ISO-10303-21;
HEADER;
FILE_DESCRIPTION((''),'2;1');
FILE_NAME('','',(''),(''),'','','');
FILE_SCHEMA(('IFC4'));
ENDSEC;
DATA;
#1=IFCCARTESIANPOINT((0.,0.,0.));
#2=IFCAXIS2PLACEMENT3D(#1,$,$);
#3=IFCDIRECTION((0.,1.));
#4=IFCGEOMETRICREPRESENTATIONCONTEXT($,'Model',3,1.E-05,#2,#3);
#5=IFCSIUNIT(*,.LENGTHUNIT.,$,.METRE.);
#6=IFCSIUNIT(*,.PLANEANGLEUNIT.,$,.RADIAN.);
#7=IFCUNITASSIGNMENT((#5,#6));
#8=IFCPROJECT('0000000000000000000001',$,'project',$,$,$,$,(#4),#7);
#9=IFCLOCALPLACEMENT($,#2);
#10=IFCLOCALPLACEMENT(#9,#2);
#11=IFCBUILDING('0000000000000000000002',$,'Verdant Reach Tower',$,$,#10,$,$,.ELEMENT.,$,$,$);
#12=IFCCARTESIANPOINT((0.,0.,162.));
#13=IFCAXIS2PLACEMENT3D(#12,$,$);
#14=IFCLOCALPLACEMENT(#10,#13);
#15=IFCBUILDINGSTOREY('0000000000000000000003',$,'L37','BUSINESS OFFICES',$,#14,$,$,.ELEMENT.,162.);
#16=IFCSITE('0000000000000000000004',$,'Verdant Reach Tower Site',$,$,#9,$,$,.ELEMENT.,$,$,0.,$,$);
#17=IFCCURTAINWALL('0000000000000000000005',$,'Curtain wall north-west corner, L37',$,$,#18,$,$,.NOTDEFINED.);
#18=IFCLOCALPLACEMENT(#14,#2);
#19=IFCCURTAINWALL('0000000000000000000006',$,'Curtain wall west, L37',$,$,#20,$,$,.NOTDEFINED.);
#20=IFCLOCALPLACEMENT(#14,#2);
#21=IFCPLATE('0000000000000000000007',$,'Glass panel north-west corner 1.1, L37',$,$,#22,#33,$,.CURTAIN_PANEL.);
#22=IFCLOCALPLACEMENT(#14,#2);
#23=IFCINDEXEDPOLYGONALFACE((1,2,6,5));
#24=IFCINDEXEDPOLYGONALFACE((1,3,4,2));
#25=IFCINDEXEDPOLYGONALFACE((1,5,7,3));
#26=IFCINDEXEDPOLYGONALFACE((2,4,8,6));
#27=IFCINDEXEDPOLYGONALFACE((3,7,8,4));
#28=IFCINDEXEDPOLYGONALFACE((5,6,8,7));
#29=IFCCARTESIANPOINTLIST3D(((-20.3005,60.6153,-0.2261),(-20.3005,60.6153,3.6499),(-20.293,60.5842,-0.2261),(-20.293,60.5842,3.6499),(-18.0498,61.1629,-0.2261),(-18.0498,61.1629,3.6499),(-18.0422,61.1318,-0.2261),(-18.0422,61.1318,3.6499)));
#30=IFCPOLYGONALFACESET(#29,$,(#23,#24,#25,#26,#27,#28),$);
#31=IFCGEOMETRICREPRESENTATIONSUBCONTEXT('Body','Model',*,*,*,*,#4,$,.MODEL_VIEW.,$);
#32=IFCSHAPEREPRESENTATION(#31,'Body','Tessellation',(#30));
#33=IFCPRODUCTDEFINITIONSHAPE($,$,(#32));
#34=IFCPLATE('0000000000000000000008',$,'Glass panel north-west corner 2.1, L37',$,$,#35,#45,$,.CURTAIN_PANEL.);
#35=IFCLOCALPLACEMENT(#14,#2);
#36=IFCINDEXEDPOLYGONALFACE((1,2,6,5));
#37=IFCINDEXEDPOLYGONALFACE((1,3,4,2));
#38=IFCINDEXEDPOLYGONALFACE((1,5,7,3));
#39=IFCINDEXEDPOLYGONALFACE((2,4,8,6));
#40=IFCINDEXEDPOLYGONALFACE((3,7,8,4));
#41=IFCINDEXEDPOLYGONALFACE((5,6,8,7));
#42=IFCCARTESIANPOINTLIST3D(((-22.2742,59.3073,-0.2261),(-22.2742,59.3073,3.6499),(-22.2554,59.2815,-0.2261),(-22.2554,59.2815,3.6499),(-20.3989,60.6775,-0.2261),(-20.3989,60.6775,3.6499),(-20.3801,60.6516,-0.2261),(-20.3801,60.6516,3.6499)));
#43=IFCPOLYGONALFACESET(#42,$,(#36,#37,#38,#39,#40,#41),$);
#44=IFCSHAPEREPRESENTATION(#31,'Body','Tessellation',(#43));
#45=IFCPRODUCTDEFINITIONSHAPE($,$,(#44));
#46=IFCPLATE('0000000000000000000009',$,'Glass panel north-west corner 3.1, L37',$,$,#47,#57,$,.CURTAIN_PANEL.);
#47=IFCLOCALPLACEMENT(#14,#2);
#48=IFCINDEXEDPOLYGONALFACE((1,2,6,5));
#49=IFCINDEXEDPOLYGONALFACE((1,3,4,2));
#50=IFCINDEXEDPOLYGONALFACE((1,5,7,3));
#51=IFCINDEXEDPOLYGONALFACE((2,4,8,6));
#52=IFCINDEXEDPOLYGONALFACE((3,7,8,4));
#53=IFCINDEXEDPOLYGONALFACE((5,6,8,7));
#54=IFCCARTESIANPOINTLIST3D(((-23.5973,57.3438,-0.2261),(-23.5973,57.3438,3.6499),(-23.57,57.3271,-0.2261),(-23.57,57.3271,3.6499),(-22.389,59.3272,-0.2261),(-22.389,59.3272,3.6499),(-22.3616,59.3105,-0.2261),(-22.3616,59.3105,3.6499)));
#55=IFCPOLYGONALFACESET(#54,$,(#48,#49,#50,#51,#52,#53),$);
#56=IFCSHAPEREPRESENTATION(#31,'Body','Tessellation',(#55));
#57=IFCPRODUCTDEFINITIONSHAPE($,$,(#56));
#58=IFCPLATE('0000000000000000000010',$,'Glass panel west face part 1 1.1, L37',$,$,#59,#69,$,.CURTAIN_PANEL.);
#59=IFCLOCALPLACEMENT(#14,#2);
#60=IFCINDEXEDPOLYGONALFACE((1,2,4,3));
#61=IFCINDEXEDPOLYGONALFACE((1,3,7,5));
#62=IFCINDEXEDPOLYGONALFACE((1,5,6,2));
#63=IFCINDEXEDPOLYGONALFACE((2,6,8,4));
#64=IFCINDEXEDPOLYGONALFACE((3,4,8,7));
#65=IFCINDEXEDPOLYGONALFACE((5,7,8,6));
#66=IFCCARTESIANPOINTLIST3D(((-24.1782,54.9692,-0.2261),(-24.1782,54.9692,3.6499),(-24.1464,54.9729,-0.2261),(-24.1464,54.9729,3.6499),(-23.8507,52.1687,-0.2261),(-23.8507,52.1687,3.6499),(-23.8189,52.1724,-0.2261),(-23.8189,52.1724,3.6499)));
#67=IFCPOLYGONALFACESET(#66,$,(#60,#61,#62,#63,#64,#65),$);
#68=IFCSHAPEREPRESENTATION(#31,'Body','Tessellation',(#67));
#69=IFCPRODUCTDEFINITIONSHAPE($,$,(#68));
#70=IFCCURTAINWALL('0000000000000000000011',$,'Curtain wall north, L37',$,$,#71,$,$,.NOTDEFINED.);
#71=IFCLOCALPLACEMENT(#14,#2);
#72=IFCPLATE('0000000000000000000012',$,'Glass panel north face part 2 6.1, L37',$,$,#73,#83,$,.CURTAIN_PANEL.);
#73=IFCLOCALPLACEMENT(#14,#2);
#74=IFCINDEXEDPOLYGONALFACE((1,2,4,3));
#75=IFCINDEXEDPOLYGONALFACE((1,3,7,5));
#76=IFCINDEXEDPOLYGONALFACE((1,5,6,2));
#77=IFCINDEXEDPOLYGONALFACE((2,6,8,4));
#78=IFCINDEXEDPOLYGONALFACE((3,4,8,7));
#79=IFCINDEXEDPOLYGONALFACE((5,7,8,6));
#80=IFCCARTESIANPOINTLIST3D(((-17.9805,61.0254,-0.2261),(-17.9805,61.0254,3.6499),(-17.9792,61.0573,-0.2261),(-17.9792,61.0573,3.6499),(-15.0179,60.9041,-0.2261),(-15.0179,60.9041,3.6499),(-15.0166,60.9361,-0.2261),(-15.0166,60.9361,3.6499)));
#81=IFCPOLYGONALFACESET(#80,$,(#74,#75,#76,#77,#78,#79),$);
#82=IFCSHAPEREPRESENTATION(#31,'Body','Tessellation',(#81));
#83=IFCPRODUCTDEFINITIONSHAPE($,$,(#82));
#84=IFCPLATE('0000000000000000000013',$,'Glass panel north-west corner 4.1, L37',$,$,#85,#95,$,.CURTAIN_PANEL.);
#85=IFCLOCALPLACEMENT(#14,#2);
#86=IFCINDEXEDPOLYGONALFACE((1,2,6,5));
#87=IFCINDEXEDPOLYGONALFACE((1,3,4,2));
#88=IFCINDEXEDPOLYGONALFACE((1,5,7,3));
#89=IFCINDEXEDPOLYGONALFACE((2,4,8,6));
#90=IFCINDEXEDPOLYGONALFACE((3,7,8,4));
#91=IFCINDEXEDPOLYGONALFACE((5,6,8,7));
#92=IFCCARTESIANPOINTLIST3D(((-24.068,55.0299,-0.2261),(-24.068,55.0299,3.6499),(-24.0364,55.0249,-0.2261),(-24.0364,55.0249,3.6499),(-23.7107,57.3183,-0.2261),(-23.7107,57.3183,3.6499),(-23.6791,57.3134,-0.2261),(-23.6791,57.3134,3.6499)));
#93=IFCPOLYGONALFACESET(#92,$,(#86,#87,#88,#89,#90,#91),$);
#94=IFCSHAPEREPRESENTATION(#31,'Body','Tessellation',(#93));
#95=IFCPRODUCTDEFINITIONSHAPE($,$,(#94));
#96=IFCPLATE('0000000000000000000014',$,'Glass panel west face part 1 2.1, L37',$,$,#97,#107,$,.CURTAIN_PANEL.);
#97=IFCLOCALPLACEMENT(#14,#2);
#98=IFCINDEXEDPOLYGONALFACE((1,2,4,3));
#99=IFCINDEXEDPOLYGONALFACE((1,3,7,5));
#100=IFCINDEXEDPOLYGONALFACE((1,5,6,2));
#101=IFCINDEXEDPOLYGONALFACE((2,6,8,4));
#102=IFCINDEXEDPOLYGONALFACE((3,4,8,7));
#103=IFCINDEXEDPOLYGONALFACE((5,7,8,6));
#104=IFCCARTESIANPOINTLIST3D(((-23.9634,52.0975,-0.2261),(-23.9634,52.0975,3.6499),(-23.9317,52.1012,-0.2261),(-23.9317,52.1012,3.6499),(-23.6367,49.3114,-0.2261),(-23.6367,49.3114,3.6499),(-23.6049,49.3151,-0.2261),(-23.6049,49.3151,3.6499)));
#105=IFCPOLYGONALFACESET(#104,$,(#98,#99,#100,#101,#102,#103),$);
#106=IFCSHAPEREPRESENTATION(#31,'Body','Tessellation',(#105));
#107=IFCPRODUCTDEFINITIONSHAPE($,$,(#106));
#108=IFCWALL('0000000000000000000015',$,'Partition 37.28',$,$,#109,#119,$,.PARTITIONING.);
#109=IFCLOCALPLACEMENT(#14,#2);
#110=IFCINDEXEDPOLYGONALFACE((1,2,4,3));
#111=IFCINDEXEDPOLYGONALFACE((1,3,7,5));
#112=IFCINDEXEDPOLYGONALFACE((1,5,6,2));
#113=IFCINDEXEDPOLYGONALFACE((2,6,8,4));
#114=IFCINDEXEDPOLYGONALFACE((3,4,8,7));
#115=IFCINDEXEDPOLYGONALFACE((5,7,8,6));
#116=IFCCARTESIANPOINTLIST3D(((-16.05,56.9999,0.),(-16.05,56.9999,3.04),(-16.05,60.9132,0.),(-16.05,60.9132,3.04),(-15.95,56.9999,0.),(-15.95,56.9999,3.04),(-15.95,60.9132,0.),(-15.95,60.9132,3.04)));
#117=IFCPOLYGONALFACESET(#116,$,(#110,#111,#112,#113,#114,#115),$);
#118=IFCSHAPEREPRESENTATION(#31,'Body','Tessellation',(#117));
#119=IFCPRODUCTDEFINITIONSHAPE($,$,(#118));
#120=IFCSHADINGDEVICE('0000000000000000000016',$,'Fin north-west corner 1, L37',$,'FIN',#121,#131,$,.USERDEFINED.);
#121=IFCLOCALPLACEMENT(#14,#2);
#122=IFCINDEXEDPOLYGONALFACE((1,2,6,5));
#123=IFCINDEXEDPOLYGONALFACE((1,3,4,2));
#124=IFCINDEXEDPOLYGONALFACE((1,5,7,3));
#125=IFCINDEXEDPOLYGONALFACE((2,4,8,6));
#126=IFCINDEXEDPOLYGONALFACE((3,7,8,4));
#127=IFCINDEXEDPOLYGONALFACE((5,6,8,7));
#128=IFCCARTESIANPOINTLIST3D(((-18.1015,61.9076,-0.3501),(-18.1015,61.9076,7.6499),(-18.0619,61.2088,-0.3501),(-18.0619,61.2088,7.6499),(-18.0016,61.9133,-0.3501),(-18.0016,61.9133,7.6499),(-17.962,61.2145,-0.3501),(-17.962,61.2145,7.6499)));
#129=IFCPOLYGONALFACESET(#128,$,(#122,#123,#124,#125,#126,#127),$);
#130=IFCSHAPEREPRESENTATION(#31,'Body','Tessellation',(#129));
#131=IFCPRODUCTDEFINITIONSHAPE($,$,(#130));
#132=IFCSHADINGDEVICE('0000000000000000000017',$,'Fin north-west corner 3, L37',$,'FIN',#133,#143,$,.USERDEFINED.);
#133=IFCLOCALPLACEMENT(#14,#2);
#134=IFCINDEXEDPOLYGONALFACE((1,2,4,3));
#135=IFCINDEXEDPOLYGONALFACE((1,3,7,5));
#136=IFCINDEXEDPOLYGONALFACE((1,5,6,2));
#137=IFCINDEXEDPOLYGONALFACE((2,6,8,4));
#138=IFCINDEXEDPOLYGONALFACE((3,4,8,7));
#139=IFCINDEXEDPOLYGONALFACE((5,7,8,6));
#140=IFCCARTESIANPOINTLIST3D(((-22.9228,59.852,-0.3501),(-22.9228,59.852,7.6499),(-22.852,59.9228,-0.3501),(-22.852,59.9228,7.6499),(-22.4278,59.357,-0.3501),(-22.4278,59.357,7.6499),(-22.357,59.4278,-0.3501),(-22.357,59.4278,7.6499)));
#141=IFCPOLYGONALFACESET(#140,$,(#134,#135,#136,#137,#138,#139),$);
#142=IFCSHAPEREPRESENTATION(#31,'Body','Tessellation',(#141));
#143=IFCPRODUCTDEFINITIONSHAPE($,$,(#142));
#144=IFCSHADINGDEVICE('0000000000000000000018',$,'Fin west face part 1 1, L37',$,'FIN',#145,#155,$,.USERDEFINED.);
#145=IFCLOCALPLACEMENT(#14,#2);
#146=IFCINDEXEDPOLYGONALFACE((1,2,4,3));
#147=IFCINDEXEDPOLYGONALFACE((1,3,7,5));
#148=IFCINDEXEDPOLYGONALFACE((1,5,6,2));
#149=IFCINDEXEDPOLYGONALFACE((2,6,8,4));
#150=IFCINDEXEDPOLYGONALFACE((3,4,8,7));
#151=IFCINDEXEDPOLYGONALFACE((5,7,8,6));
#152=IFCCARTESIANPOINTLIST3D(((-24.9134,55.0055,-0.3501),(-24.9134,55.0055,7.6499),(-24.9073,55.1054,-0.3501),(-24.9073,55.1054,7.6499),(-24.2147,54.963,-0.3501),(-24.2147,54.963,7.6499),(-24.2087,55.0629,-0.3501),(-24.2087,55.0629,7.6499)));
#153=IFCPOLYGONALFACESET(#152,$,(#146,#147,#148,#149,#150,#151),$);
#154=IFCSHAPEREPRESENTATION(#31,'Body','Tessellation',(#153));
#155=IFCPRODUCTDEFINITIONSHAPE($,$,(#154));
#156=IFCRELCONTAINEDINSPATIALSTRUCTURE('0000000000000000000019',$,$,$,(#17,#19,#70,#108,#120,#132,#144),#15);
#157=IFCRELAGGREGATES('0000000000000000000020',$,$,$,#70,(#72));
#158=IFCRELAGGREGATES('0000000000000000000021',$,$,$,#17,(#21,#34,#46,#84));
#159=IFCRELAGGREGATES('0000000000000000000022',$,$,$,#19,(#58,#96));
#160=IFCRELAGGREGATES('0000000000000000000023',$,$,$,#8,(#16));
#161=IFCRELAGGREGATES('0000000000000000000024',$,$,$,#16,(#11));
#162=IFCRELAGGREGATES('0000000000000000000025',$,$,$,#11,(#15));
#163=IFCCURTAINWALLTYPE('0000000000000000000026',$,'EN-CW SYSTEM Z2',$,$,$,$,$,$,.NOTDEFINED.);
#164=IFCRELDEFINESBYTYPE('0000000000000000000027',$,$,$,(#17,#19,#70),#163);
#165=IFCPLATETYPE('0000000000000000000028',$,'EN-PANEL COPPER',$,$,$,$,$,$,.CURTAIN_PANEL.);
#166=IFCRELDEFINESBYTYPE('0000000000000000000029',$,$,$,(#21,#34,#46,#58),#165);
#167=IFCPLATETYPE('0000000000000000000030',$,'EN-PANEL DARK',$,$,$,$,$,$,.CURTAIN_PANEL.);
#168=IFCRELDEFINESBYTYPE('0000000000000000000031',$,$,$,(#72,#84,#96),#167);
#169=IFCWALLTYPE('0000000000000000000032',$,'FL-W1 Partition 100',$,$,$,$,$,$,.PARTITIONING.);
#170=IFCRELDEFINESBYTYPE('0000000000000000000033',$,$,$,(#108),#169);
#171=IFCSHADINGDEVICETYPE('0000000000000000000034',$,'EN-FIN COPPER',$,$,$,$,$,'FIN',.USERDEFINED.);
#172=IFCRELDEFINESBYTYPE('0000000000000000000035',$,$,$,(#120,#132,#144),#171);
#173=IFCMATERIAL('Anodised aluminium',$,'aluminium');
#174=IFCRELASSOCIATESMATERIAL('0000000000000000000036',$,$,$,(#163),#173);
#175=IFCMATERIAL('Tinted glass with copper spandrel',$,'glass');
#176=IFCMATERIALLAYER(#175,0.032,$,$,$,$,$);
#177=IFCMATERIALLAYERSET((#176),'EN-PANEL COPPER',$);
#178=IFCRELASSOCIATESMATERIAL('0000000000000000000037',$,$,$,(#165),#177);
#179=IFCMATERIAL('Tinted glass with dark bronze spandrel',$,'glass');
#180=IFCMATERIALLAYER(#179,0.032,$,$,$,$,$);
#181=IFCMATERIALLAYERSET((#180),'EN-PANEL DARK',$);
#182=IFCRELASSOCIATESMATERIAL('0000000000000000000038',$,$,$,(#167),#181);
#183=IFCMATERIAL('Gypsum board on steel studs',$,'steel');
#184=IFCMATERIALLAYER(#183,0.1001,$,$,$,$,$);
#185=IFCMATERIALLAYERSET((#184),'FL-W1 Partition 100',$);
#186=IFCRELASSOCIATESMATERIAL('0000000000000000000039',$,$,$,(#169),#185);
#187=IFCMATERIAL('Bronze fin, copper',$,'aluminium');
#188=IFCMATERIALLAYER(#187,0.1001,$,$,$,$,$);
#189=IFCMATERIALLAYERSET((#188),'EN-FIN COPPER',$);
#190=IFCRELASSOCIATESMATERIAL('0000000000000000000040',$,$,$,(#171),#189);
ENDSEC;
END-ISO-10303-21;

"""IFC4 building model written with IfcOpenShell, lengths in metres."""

from ifc_helpers import new_model, si_unit, direction, frame, frame_2d, origin, origin_2d, place, context, subcontext, project, spatial, rectangle, extrude, material, layer, layer_set, type_object, element, aggregate, save


model = new_model("IFC4")

# Units and contexts
model_context = context("Model", 3, precision=1e-05, world=origin(), true_north=direction((0.0, 1.0)))
body_context = subcontext(model_context, "Body", "Model", "MODEL_VIEW")
ifc_project = project(units=[si_unit("LENGTHUNIT", "METRE"), si_unit("PLANEANGLEUNIT", "RADIAN")], contexts=[model_context])

# Site, building, storey
site_placement = place(None, origin())
site = spatial("IfcSite", under=ifc_project, at=site_placement, Name="Verdant Reach Tower Site", CompositionType="ELEMENT", RefElevation=0.0)
building_placement = place(site_placement, origin())
building = spatial("IfcBuilding", under=site, at=building_placement, Name="Verdant Reach Tower", CompositionType="ELEMENT")
storey_placement = place(building_placement, frame((0.0, 0.0, 162.0)))
storey = spatial("IfcBuildingStorey", under=building, at=storey_placement, Name="L37", Description="BUSINESS OFFICES", CompositionType="ELEMENT", Elevation=162.0)

# Curtain walls
ifc_material_1 = material(Name="Anodised aluminium", Category="aluminium")
curtain_wall_type = type_object("IfcCurtainWallType", Name="EN-CW SYSTEM Z2", PredefinedType="NOTDEFINED", material=ifc_material_1)
curtain_wall_1_placement = place(storey_placement, origin())
curtain_wall_1 = element("IfcCurtainWall", 1, at=curtain_wall_1_placement, inside=storey, type_object=curtain_wall_type, Name="Curtain wall north-west corner, L37", PredefinedType="NOTDEFINED")
curtain_wall_2_placement = place(storey_placement, origin())
curtain_wall_2 = element("IfcCurtainWall", 2, at=curtain_wall_2_placement, inside=storey, type_object=curtain_wall_type, Name="Curtain wall west, L37", PredefinedType="NOTDEFINED")

# Plates
ifc_material_2 = material(Name="Tinted glass with copper spandrel", Category="glass")
ifc_layer_1 = layer(ifc_material_2, 0.032)
ifc_layer_set_1 = layer_set([ifc_layer_1], Name="EN-PANEL COPPER")
plate_type_1 = type_object("IfcPlateType", Name="EN-PANEL COPPER", PredefinedType="CURTAIN_PANEL", material=ifc_layer_set_1)
plate_1_placement = place(storey_placement, frame((-19.1714, 60.8735, -0.2261), z_axis=(0.0, 0.0, 1.0), x_axis=(-0.971658, -0.236391, 0.0)))
plate_1 = element("IfcPlate", 3, at=plate_1_placement, type_object=plate_type_1, Name="Glass panel north-west corner 1.1, L37", PredefinedType="CURTAIN_PANEL", context=body_context, shape_type="SweptSolid", body=[
    extrude(rectangle(XDim=2.3164, YDim=0.032, at=origin_2d()), origin(), (0.0, 0.0, 1.0), 3.876),
])
plate_2_placement = place(storey_placement, frame((-21.3271, 59.9795, -0.2261), z_axis=(0.0, 0.0, 1.0), x_axis=(-0.807457, -0.589927, 0.0)))
plate_2 = element("IfcPlate", 4, at=plate_2_placement, type_object=plate_type_1, Name="Glass panel north-west corner 2.1, L37", PredefinedType="CURTAIN_PANEL", context=body_context, shape_type="SweptSolid", body=[
    extrude(rectangle(XDim=2.3225, YDim=0.032, at=origin_2d()), origin(), (0.0, 0.0, 1.0), 3.876),
])
plate_3_placement = place(storey_placement, frame((-22.9795, 58.3271, -0.2261), z_axis=(0.0, 0.0, 1.0), x_axis=(-0.520292, -0.853989, 0.0)))
plate_3 = element("IfcPlate", 5, at=plate_3_placement, type_object=plate_type_1, Name="Glass panel north-west corner 3.1, L37", PredefinedType="CURTAIN_PANEL", context=body_context, shape_type="SweptSolid", body=[
    extrude(rectangle(XDim=2.3225, YDim=0.032, at=origin_2d()), origin(), (0.0, 0.0, 1.0), 3.876),
])
plate_4_placement = place(storey_placement, frame((-23.9985, 53.5708, -0.2261), z_axis=(0.0, 0.0, 1.0), x_axis=(0.116147, -0.993232, 0.0)))
plate_4 = element("IfcPlate", 6, at=plate_4_placement, type_object=plate_type_1, Name="Glass panel west face part 1 1.1, L37", PredefinedType="CURTAIN_PANEL", context=body_context, shape_type="SweptSolid", body=[
    extrude(rectangle(XDim=2.8196, YDim=0.032, at=origin_2d()), origin(), (0.0, 0.0, 1.0), 3.876),
])

# Curtain wall, plate
curtain_wall_3_placement = place(storey_placement, origin())
curtain_wall_3 = element("IfcCurtainWall", 7, at=curtain_wall_3_placement, inside=storey, type_object=curtain_wall_type, Name="Curtain wall north, L37", PredefinedType="NOTDEFINED")
ifc_material_3 = material(Name="Tinted glass with dark bronze spandrel", Category="glass")
ifc_layer_2 = layer(ifc_material_3, 0.032)
ifc_layer_set_2 = layer_set([ifc_layer_2], Name="EN-PANEL DARK")
plate_type_2 = type_object("IfcPlateType", Name="EN-PANEL DARK", PredefinedType="CURTAIN_PANEL", material=ifc_layer_set_2)
plate_5_placement = place(storey_placement, frame((-16.4985, 60.9807, -0.2261), z_axis=(0.0, 0.0, 1.0), x_axis=(-0.999163, 0.0409, 0.0)))
plate_5 = element("IfcPlate", 8, at=plate_5_placement, type_object=plate_type_2, Name="Glass panel north face part 2 6.1, L37", PredefinedType="CURTAIN_PANEL", context=body_context, shape_type="SweptSolid", body=[
    extrude(rectangle(XDim=2.9651, YDim=0.032, at=origin_2d()), origin(), (0.0, 0.0, 1.0), 3.876),
])
aggregate(curtain_wall_3, [plate_5])

# Plates
plate_6_placement = place(storey_placement, frame((-23.8735, 56.1716, -0.2261), z_axis=(0.0, 0.0, 1.0), x_axis=(-0.154281, -0.988027, 0.0)))
plate_6 = element("IfcPlate", 9, at=plate_6_placement, type_object=plate_type_2, Name="Glass panel north-west corner 4.1, L37", PredefinedType="CURTAIN_PANEL", context=body_context, shape_type="SweptSolid", body=[
    extrude(rectangle(XDim=2.3162, YDim=0.032, at=origin_2d()), origin(), (0.0, 0.0, 1.0), 3.876),
])
aggregate(curtain_wall_1, [plate_1, plate_2, plate_3, plate_6])
plate_7_placement = place(storey_placement, frame((-23.7842, 50.7063, -0.2261), z_axis=(0.0, 0.0, 1.0), x_axis=(0.116483, -0.993193, 0.0)))
plate_7 = element("IfcPlate", 10, at=plate_7_placement, type_object=plate_type_2, Name="Glass panel west face part 1 2.1, L37", PredefinedType="CURTAIN_PANEL", context=body_context, shape_type="SweptSolid", body=[
    extrude(rectangle(XDim=2.8052, YDim=0.032, at=origin_2d()), origin(), (0.0, 0.0, 1.0), 3.876),
])
aggregate(curtain_wall_2, [plate_4, plate_7])

# Wall
ifc_material_4 = material(Name="Gypsum board on steel studs", Category="steel")
ifc_layer_3 = layer(ifc_material_4, 0.1001)
ifc_layer_set_3 = layer_set([ifc_layer_3], Name="FL-W1 Partition 100")
wall_type = type_object("IfcWallType", Name="FL-W1 Partition 100", PredefinedType="PARTITIONING", material=ifc_layer_set_3)
wall_placement = place(storey_placement, frame((-16.0, 57.0, 0.0), z_axis=(0.0, 0.0, 1.0), x_axis=(0.0, 1.0, 0.0)))
element("IfcWall", 11, at=wall_placement, inside=storey, type_object=wall_type, Name="Partition 37.28", PredefinedType="PARTITIONING", context=body_context, shape_type="SweptSolid", body=[
    extrude(rectangle(XDim=3.9133, YDim=0.1001, at=frame_2d((1.9565, 0.0))), origin(), (0.0, 0.0, 1.0), 3.04),
])

# Shading devices
ifc_material_5 = material(Name="Bronze fin, copper", Category="aluminium")
ifc_layer_4 = layer(ifc_material_5, 0.1001)
ifc_layer_set_4 = layer_set([ifc_layer_4], Name="EN-FIN COPPER")
shading_device_type = type_object("IfcShadingDeviceType", Name="EN-FIN COPPER", ElementType="FIN", PredefinedType="USERDEFINED", material=ifc_layer_set_4)
for number, where, z_axis, x_axis, name in (
    (12, (-18.0317, 61.561, -0.3501), (0.0, 0.0, 1.0), (-0.998399, -0.056569, 0.0), "Fin north-west corner 1, L37"),
    (13, (-22.6399, 59.6399, -0.3501), (0.0, 0.0, 1.0), (-0.707107, -0.707107, 0.0), "Fin north-west corner 3, L37"),
    (14, (-24.561, 55.0342, -0.3501), (0.0, 0.0, 1.0), (-0.060703, -0.998156, 0.0), "Fin west face part 1 1, L37"),
):
    element("IfcShadingDevice", number, at=place(storey_placement, frame(where, z_axis=z_axis, x_axis=x_axis)), inside=storey, type_object=shading_device_type, Name=name, ObjectType="FIN", PredefinedType="USERDEFINED", context=body_context, shape_type="SweptSolid", body=[
        extrude(rectangle(XDim=0.1001, YDim=0.7, at=origin_2d()), origin(), (0.0, 0.0, 1.0), 8.0),
    ])

save(model, "model.ifc")
